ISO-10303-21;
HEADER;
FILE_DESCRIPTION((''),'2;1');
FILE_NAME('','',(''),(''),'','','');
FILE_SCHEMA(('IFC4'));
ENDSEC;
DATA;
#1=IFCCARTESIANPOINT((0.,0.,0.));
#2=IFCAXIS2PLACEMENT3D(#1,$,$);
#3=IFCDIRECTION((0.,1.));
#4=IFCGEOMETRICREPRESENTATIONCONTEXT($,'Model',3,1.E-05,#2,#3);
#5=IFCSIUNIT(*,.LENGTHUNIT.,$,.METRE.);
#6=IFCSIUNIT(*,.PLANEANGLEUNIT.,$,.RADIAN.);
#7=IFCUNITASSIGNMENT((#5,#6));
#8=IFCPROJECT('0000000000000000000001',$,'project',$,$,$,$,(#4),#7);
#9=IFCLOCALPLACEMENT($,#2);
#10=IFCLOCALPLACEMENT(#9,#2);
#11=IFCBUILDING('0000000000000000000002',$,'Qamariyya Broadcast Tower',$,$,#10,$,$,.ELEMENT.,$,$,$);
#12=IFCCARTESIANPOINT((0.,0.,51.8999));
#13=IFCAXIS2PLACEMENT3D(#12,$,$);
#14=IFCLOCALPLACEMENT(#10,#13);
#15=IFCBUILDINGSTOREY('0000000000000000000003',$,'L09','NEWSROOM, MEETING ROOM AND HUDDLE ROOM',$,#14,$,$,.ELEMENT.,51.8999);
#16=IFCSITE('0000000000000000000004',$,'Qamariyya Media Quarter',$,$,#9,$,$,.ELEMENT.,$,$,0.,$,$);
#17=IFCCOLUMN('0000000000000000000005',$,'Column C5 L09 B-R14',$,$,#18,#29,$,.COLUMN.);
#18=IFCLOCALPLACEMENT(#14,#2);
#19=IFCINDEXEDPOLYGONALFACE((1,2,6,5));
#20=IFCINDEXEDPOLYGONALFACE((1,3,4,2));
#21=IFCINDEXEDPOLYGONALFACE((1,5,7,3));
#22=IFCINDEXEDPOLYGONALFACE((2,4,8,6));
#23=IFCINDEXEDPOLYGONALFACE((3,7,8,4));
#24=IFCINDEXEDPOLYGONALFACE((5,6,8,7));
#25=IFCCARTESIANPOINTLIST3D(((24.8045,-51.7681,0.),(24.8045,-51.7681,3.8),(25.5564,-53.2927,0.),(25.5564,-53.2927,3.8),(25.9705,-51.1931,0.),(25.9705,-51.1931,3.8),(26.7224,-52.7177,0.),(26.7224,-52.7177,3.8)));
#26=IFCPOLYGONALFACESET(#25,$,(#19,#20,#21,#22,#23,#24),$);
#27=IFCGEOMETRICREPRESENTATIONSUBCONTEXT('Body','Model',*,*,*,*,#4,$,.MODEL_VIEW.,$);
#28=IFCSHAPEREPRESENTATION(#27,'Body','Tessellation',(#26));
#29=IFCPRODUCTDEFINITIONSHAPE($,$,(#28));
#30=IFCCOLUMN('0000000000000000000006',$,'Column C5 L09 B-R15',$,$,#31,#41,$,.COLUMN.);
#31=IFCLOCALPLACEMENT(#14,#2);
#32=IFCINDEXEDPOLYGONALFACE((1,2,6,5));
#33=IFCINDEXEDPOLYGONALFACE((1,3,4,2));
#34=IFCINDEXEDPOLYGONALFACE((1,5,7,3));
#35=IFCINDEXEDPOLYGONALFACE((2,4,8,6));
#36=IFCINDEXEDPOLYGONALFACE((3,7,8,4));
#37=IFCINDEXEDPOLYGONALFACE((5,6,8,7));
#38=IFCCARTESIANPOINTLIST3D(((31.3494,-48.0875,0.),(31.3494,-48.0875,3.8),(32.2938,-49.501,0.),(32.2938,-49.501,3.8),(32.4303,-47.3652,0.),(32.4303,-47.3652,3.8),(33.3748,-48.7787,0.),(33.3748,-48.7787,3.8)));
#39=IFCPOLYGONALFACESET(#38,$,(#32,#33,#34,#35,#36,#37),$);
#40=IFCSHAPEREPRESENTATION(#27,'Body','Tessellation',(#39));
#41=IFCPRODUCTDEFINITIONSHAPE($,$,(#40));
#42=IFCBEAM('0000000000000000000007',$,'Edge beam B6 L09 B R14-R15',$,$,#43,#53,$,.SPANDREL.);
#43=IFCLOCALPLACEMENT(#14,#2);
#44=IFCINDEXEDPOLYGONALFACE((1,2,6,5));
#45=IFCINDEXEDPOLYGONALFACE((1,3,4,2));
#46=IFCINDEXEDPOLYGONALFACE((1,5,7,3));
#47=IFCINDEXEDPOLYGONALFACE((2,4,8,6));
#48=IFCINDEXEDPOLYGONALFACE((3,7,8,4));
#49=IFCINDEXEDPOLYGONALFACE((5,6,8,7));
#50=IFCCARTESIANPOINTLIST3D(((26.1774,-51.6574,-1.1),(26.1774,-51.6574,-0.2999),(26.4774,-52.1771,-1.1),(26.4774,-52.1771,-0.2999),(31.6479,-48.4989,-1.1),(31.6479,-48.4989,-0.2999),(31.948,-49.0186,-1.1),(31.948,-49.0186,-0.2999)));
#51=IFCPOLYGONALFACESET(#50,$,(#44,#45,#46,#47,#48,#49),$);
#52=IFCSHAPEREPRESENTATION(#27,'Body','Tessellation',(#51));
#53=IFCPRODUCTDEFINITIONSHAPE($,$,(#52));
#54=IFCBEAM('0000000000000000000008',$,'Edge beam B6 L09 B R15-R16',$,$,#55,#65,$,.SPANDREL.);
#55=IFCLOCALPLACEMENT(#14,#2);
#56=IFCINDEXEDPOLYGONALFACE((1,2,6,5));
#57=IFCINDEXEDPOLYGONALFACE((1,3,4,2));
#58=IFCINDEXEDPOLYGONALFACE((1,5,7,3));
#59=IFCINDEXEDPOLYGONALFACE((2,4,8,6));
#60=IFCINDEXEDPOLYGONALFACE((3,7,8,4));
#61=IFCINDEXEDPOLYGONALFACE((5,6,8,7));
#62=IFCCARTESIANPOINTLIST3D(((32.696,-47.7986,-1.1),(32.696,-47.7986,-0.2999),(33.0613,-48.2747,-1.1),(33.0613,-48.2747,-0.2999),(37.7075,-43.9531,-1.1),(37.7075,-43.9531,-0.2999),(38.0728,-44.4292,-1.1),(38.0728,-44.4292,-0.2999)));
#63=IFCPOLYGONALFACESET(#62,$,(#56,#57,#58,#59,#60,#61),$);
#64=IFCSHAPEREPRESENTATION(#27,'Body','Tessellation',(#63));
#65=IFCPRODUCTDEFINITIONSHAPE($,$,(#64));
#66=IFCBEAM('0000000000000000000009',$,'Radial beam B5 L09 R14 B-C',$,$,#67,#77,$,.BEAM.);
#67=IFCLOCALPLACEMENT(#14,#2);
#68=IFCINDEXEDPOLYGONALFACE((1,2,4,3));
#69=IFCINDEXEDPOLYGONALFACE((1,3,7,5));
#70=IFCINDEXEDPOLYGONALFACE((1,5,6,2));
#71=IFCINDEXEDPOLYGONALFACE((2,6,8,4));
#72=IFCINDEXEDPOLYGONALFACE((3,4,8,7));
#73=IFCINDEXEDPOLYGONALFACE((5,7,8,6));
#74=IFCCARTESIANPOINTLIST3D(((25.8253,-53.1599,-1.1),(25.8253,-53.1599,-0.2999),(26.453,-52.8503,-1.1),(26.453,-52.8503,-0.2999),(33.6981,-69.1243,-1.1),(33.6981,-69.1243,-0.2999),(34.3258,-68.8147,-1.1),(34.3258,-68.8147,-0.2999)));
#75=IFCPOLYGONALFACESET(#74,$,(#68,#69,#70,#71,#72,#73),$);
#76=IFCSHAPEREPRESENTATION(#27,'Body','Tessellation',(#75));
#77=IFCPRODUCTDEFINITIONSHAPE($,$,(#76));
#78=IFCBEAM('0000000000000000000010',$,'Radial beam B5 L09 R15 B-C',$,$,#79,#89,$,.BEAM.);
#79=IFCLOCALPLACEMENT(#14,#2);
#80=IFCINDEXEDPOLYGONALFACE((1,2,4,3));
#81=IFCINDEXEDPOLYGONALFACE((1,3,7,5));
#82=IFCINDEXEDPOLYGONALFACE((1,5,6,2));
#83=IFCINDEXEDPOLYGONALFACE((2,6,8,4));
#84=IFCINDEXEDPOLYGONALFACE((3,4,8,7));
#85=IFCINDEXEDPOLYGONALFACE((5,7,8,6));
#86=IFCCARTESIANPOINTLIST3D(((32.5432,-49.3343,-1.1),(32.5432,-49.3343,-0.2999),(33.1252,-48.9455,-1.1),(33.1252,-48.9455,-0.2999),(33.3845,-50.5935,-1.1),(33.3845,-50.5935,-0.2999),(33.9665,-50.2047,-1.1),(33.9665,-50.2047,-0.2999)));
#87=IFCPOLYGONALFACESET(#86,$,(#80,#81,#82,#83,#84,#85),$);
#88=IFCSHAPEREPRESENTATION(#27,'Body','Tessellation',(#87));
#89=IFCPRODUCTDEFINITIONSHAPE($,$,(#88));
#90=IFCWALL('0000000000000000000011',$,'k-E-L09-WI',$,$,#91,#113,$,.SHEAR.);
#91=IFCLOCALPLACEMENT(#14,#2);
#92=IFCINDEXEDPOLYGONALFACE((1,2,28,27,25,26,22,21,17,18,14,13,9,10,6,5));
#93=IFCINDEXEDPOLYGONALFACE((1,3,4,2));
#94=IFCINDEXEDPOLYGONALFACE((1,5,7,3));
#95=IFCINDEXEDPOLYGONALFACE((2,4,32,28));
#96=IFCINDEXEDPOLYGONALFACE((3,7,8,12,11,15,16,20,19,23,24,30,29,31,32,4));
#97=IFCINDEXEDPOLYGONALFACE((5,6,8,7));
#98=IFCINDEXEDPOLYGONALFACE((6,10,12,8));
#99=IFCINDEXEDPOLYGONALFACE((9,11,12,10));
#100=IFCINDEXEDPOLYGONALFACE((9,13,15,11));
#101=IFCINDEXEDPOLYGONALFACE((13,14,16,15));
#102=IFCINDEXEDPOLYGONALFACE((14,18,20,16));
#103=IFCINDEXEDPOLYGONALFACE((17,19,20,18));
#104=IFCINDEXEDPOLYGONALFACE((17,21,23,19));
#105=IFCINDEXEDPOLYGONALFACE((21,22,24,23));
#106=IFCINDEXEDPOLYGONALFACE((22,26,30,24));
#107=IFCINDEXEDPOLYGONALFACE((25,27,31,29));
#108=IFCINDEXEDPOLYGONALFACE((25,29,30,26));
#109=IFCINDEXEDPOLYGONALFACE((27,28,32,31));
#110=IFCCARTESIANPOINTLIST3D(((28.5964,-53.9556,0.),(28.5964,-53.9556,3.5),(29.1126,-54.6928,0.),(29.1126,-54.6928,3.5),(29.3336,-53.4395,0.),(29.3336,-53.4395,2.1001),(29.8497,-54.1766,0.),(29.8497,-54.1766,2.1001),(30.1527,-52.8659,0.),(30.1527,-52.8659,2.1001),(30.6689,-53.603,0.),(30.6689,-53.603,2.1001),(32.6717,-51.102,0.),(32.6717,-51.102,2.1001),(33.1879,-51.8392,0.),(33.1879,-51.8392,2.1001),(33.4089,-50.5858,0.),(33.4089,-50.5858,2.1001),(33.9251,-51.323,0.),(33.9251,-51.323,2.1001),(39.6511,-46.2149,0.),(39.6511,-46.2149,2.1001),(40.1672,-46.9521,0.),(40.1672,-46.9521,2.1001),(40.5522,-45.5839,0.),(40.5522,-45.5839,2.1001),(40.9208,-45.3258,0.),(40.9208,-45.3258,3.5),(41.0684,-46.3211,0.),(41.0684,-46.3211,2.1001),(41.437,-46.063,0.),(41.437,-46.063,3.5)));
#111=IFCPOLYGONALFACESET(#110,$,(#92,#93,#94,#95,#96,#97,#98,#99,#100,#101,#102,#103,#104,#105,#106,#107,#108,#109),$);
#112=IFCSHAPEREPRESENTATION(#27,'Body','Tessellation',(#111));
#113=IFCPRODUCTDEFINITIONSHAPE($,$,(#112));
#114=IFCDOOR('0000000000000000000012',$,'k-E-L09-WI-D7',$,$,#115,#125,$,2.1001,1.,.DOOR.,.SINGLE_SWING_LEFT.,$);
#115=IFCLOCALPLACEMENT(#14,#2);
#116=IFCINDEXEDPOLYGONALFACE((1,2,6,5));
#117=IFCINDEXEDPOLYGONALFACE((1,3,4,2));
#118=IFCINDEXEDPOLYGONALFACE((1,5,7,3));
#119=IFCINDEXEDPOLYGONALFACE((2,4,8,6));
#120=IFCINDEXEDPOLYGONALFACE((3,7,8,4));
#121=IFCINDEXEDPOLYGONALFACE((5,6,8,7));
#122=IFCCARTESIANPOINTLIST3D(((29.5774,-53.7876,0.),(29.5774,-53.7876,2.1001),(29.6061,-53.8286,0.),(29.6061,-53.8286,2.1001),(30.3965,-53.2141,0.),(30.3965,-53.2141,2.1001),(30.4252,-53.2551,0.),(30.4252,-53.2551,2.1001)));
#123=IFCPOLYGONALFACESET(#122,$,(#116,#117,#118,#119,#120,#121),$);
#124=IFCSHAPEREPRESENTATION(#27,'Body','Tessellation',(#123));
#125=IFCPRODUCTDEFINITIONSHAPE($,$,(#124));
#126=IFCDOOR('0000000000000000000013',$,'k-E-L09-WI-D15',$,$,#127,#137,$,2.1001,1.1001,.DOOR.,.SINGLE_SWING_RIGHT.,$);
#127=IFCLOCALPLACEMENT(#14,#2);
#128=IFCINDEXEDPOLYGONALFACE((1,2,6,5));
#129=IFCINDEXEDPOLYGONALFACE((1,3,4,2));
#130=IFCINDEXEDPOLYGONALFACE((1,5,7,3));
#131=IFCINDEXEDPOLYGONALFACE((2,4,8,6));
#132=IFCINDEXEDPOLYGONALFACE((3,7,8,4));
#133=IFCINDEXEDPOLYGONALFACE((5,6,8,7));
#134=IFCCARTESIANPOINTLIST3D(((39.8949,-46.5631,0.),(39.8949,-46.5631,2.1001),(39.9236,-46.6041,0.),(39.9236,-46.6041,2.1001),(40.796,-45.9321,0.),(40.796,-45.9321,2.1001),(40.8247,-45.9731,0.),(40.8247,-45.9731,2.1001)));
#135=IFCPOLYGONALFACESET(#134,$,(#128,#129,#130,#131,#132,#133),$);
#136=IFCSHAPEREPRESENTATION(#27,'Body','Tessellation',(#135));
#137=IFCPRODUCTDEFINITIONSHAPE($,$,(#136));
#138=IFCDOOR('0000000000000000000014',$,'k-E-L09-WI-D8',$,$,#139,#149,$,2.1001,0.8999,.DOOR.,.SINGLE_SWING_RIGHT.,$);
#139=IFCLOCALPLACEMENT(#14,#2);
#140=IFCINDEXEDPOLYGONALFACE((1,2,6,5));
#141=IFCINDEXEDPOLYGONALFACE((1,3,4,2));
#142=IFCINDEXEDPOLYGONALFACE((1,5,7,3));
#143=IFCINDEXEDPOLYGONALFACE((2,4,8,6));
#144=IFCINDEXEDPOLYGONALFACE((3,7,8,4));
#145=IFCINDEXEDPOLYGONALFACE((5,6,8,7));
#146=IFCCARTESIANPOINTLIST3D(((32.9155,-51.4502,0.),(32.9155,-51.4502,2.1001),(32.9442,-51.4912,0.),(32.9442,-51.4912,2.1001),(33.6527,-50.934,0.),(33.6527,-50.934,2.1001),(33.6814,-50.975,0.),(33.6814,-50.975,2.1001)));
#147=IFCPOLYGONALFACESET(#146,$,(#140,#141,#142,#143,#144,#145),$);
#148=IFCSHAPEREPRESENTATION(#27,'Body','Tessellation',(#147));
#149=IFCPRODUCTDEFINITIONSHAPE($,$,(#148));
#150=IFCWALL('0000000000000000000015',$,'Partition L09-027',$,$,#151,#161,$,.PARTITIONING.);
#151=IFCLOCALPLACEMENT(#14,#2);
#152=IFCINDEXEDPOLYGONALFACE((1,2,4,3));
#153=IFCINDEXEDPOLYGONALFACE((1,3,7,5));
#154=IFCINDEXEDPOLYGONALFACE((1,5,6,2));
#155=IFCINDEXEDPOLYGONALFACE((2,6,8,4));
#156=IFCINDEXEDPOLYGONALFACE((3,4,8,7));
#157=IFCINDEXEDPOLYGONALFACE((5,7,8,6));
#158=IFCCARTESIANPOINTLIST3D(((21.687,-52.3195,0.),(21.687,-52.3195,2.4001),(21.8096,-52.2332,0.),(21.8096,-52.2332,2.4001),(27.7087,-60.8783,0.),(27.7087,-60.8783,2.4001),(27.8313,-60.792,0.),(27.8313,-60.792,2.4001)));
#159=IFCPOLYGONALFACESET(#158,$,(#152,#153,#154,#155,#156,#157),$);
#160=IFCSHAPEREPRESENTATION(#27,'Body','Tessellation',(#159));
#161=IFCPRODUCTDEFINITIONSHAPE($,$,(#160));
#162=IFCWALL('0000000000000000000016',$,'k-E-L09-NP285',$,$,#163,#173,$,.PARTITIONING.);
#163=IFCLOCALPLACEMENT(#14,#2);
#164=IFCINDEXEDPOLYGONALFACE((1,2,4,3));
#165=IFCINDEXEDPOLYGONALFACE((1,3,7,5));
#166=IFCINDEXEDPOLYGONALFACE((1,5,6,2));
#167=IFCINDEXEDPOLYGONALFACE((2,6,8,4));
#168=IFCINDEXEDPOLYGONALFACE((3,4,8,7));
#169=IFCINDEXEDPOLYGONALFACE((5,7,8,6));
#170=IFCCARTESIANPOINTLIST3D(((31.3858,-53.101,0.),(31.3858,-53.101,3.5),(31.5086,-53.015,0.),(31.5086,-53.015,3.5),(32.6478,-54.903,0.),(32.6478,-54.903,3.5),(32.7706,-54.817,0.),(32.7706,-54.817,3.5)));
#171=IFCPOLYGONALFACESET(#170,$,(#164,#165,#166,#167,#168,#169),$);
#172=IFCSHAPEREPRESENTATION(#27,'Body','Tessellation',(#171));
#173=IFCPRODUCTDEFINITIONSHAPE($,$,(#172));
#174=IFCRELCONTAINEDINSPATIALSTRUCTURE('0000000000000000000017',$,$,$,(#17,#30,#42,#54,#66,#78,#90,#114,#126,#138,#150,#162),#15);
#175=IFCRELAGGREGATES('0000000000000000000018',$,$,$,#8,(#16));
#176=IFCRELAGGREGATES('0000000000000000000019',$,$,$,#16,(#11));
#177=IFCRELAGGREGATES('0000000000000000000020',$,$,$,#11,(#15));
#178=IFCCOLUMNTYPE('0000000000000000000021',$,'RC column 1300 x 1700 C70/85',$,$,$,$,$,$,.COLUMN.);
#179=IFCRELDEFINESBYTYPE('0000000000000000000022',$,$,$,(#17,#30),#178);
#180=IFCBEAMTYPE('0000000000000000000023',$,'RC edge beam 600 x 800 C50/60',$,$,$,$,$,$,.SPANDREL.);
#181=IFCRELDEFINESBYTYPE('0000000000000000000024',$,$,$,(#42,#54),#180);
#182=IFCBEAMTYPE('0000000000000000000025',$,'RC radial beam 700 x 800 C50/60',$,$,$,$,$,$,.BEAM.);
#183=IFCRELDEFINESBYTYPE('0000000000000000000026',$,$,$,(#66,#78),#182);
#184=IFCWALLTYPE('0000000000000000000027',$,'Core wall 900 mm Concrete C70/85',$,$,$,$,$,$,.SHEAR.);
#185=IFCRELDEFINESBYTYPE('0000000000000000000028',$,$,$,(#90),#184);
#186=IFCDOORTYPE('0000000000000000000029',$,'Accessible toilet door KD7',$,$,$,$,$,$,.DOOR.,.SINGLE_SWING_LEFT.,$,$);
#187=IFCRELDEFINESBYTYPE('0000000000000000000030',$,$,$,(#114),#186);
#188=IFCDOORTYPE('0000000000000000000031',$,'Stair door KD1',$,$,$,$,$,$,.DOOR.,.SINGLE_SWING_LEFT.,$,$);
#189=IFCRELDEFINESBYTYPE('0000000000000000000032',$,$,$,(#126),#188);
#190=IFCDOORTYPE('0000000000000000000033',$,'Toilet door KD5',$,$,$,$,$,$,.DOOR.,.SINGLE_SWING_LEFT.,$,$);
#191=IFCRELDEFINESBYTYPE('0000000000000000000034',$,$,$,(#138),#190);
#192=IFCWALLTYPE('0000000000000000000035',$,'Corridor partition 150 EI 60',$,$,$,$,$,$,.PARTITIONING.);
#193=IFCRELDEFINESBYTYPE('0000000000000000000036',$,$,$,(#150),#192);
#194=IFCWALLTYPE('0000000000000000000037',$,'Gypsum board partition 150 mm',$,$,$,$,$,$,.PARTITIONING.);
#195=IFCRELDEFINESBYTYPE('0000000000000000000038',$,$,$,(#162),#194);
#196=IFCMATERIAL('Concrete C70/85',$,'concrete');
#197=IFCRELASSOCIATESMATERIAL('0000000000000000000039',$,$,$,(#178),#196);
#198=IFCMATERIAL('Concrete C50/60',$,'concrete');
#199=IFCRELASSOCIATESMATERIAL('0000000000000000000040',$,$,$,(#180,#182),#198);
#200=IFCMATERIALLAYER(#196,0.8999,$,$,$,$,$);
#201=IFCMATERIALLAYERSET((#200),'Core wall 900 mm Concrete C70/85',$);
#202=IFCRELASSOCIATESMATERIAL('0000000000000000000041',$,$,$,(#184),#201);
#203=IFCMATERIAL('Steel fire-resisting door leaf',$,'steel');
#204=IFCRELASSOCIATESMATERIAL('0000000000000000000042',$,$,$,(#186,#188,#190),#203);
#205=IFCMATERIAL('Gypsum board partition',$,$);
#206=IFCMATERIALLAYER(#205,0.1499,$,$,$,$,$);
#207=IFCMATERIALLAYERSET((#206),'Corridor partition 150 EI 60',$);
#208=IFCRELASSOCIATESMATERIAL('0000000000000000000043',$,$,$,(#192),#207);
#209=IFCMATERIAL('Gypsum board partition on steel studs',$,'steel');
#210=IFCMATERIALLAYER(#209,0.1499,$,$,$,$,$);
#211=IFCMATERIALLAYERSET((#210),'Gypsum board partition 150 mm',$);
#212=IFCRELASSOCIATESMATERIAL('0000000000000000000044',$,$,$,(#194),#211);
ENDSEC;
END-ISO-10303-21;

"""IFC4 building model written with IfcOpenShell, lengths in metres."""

from ifc_helpers import new_model, si_unit, direction, frame, frame_2d, origin, origin_2d, place, context, subcontext, project, spatial, rectangle, extrude, material, layer, layer_set, material_profile, profile_set, type_object, element, fill, save


model = new_model("IFC4")

# Units and contexts
model_context = context("Model", 3, precision=1e-05, world=origin(), true_north=direction((0.0, 1.0)))
body_context = subcontext(model_context, "Body", "Model", "MODEL_VIEW")
ifc_project = project(units=[si_unit("LENGTHUNIT", "METRE"), si_unit("PLANEANGLEUNIT", "RADIAN")], contexts=[model_context])

# Site, building, storey
site_placement = place(None, origin())
site = spatial("IfcSite", under=ifc_project, at=site_placement, Name="Qamariyya Media Quarter", CompositionType="ELEMENT", RefElevation=0.0)
building_placement = place(site_placement, origin())
building = spatial("IfcBuilding", under=site, at=building_placement, Name="Qamariyya Broadcast Tower", CompositionType="ELEMENT")
storey_placement = place(building_placement, frame((0.0, 0.0, 51.8999)))
storey = spatial("IfcBuildingStorey", under=building, at=storey_placement, Name="L09", Description="NEWSROOM, MEETING ROOM AND HUDDLE ROOM", CompositionType="ELEMENT", Elevation=51.8999)

# Columns
ifc_material_1 = material(Name="Concrete C70/85", Category="concrete")
ifc_material_profile_1 = material_profile(ifc_material_1, rectangle(XDim=1.3, YDim=1.7, at=origin_2d()))
ifc_profile_set_1 = profile_set([ifc_material_profile_1], Name="Concrete C70/85")
column_type = type_object("IfcColumnType", Name="RC column 1300 x 1700 C70/85", PredefinedType="COLUMN", material=ifc_profile_set_1)
for number, where, z_axis, x_axis, name in (
    (1, (25.7634, -52.2429, 0.0), (0.0, 0.0, 1.0), (0.896873, 0.442289, 0.0), "Column C5 L09 B-R14"),
    (2, (32.3621, -48.4331, 0.0), (0.0, 0.0, 1.0), (0.83147, 0.55557, 0.0), "Column C5 L09 B-R15"),
):
    element("IfcColumn", number, at=place(storey_placement, frame(where, z_axis=z_axis, x_axis=x_axis)), inside=storey, type_object=column_type, Name=name, PredefinedType="COLUMN", context=body_context, shape_type="SweptSolid", body=[
        extrude(rectangle(XDim=1.3, YDim=1.7, at=origin_2d()), origin(), (0.0, 0.0, 1.0), 3.8),
    ])

# Beams
ifc_material_2 = material(Name="Concrete C50/60", Category="concrete")
ifc_material_profile_2 = material_profile(ifc_material_2, rectangle(XDim=0.6001, YDim=0.8, at=origin_2d()))
ifc_profile_set_2 = profile_set([ifc_material_profile_2], Name="Concrete C50/60")
beam_type_1 = type_object("IfcBeamType", Name="RC edge beam 600 x 800 C50/60", PredefinedType="SPANDREL", material=ifc_profile_set_2)
for number, where, z_axis, x_axis, name in (
    (3, (26.3274, -51.9172, -0.7), (0.86602, 0.500009, 0.0), (-0.500009, 0.86602, 0.0), "Edge beam B6 L09 B R14-R15"),
    (4, (32.8787, -48.0366, -0.7), (0.793352, 0.608763, 0.0), (-0.608763, 0.793352, 0.0), "Edge beam B6 L09 B R15-R16"),
):
    element("IfcBeam", number, at=place(storey_placement, frame(where, z_axis=z_axis, x_axis=x_axis)), inside=storey, type_object=beam_type_1, Name=name, PredefinedType="SPANDREL", context=body_context, shape_type="SweptSolid", body=[
        extrude(rectangle(XDim=0.6001, YDim=0.8, at=origin_2d()), origin(), (0.0, 0.0, 1.0), 6.3169),
    ])
ifc_material_profile_3 = material_profile(ifc_material_2, rectangle(XDim=0.7, YDim=0.8, at=origin_2d()))
ifc_profile_set_3 = profile_set([ifc_material_profile_3], Name="Concrete C50/60")
beam_type_2 = type_object("IfcBeamType", Name="RC radial beam 700 x 800 C50/60", PredefinedType="BEAM", material=ifc_profile_set_3)
beam_1_placement = place(storey_placement, frame((26.1392, -53.0051, -0.7), z_axis=(0.442291, -0.896872, 0.0), x_axis=(0.896872, 0.442291, 0.0)))
element("IfcBeam", 5, at=beam_1_placement, inside=storey, type_object=beam_type_2, Name="Radial beam B5 L09 R14 B-C", PredefinedType="BEAM", context=body_context, shape_type="SweptSolid", body=[
    extrude(rectangle(XDim=0.7, YDim=0.8, at=origin_2d()), origin(), (0.0, 0.0, 1.0), 17.8),
])
beam_2_placement = place(storey_placement, frame((32.8342, -49.1399, -0.7), z_axis=(0.555518, -0.831504, 0.0), x_axis=(0.831504, 0.555518, 0.0)))
element("IfcBeam", 6, at=beam_2_placement, inside=storey, type_object=beam_type_2, Name="Radial beam B5 L09 R15 B-C", PredefinedType="BEAM", context=body_context, shape_type="SweptSolid", body=[
    extrude(rectangle(XDim=0.7, YDim=0.8, at=origin_2d()), origin(), (0.0, 0.0, 1.0), 1.5144),
])

# Wall, openings, doors
ifc_layer_1 = layer(ifc_material_1, 0.8999)
ifc_layer_set_1 = layer_set([ifc_layer_1], Name="Core wall 900 mm Concrete C70/85")
wall_type_1 = type_object("IfcWallType", Name="Core wall 900 mm Concrete C70/85", PredefinedType="SHEAR", material=ifc_layer_set_1)
wall_1_placement = place(storey_placement, frame((28.8545, -54.3242, 0.0), z_axis=(0.0, 0.0, 1.0), x_axis=(0.819146, 0.573585, 0.0)))
wall_1 = element("IfcWall", 7, at=wall_1_placement, inside=storey, type_object=wall_type_1, Name="k-E-L09-WI", PredefinedType="SHEAR", context=body_context, shape_type="SweptSolid", body=[
    extrude(rectangle(XDim=15.0454, YDim=0.8999, at=frame_2d((7.5227, 0.0))), origin(), (0.0, 0.0, 1.0), 3.5),
])
opening_1_placement = place(wall_1_placement, frame((0.8999, 0.0, 0.0)))
opening_1 = element("IfcOpeningElement", 8, at=opening_1_placement, cuts=wall_1, PredefinedType="OPENING", context=body_context, shape_type="SweptSolid", body=[
    extrude(rectangle(XDim=1.0, YDim=2.1001, at=frame_2d((0.5, 1.05))), frame((0.0, 0.46, 0.0), z_axis=(0.0, -1.0, 0.0), x_axis=(1.0, 0.0, 0.0)), (0.0, 0.0, 1.0), 0.9199),
])
opening_2_placement = place(wall_1_placement, frame((4.9751, 0.0, 0.0)))
opening_2 = element("IfcOpeningElement", 9, at=opening_2_placement, cuts=wall_1, PredefinedType="OPENING", context=body_context, shape_type="SweptSolid", body=[
    extrude(rectangle(XDim=0.8999, YDim=2.1001, at=frame_2d((0.45, 1.05))), frame((0.0, 0.46, 0.0), z_axis=(0.0, -1.0, 0.0), x_axis=(1.0, 0.0, 0.0)), (0.0, 0.0, 1.0), 0.9199),
])
opening_3_placement = place(wall_1_placement, frame((13.4954, 0.0, 0.0)))
opening_3 = element("IfcOpeningElement", 10, at=opening_3_placement, cuts=wall_1, PredefinedType="OPENING", context=body_context, shape_type="SweptSolid", body=[
    extrude(rectangle(XDim=1.1001, YDim=2.1001, at=frame_2d((0.55, 1.05))), frame((0.0, 0.46, 0.0), z_axis=(0.0, -1.0, 0.0), x_axis=(1.0, 0.0, 0.0)), (0.0, 0.0, 1.0), 0.9199),
])
ifc_material_3 = material(Name="Steel fire-resisting door leaf", Category="steel")
door_type_1 = type_object("IfcDoorType", Name="Accessible toilet door KD7", OperationType="SINGLE_SWING_LEFT", PredefinedType="DOOR", material=ifc_material_3)
door_1_placement = place(opening_1_placement, origin())
door_1 = element("IfcDoor", 11, at=door_1_placement, inside=storey, type_object=door_type_1, Name="k-E-L09-WI-D7", OperationType="SINGLE_SWING_LEFT", OverallHeight=2.1001, OverallWidth=1.0, PredefinedType="DOOR", context=body_context, shape_type="SweptSolid", body=[
    extrude(rectangle(XDim=1.0, YDim=2.1001, at=frame_2d((0.5, 1.05))), frame((0.0, 0.0249, 0.0), z_axis=(0.0, -1.0, 0.0), x_axis=(1.0, 0.0, 0.0)), (0.0, 0.0, 1.0), 0.05),
])
fill(opening_1, door_1)
door_type_2 = type_object("IfcDoorType", Name="Stair door KD1", OperationType="SINGLE_SWING_LEFT", PredefinedType="DOOR", material=ifc_material_3)
door_2_placement = place(opening_3_placement, origin())
door_2 = element("IfcDoor", 12, at=door_2_placement, inside=storey, type_object=door_type_2, Name="k-E-L09-WI-D15", OperationType="SINGLE_SWING_RIGHT", OverallHeight=2.1001, OverallWidth=1.1001, PredefinedType="DOOR", context=body_context, shape_type="SweptSolid", body=[
    extrude(rectangle(XDim=1.1001, YDim=2.1001, at=frame_2d((0.55, 1.05))), frame((0.0, 0.0249, 0.0), z_axis=(0.0, -1.0, 0.0), x_axis=(1.0, 0.0, 0.0)), (0.0, 0.0, 1.0), 0.05),
])
fill(opening_3, door_2)
door_type_3 = type_object("IfcDoorType", Name="Toilet door KD5", OperationType="SINGLE_SWING_LEFT", PredefinedType="DOOR", material=ifc_material_3)
door_3_placement = place(opening_2_placement, origin())
door_3 = element("IfcDoor", 13, at=door_3_placement, inside=storey, type_object=door_type_3, Name="k-E-L09-WI-D8", OperationType="SINGLE_SWING_RIGHT", OverallHeight=2.1001, OverallWidth=0.8999, PredefinedType="DOOR", context=body_context, shape_type="SweptSolid", body=[
    extrude(rectangle(XDim=0.8999, YDim=2.1001, at=frame_2d((0.45, 1.05))), frame((0.0, 0.0249, 0.0), z_axis=(0.0, -1.0, 0.0), x_axis=(1.0, 0.0, 0.0)), (0.0, 0.0, 1.0), 0.05),
])
fill(opening_2, door_3)

# Walls
ifc_material_4 = material(Name="Gypsum board partition")
ifc_layer_2 = layer(ifc_material_4, 0.1499)
ifc_layer_set_2 = layer_set([ifc_layer_2], Name="Corridor partition 150 EI 60")
wall_type_2 = type_object("IfcWallType", Name="Corridor partition 150 EI 60", PredefinedType="PARTITIONING", material=ifc_layer_set_2)
wall_2_placement = place(storey_placement, frame((21.7483, -52.2764, 0.0), z_axis=(0.0, 0.0, 1.0), x_axis=(0.575419, -0.817858, 0.0)))
element("IfcWall", 14, at=wall_2_placement, inside=storey, type_object=wall_type_2, Name="Partition L09-027", PredefinedType="PARTITIONING", context=body_context, shape_type="SweptSolid", body=[
    extrude(rectangle(XDim=10.4648, YDim=0.1499, at=frame_2d((5.2324, 0.0))), origin(), (0.0, 0.0, 1.0), 2.4001),
])
ifc_material_5 = material(Name="Gypsum board partition on steel studs", Category="steel")
ifc_layer_3 = layer(ifc_material_5, 0.1499)
ifc_layer_set_3 = layer_set([ifc_layer_3], Name="Gypsum board partition 150 mm")
wall_type_3 = type_object("IfcWallType", Name="Gypsum board partition 150 mm", PredefinedType="PARTITIONING", material=ifc_layer_set_3)
wall_3_placement = place(storey_placement, frame((32.7092, -54.8601, 0.0), z_axis=(0.0, 0.0, 1.0), x_axis=(-0.573634, 0.819112, 0.0)))
element("IfcWall", 15, at=wall_3_placement, inside=storey, type_object=wall_type_3, Name="k-E-L09-NP285", PredefinedType="PARTITIONING", context=body_context, shape_type="SweptSolid", body=[
    extrude(rectangle(XDim=2.2, YDim=0.1499, at=frame_2d((1.1001, 0.0))), origin(), (0.0, 0.0, 1.0), 3.5),
])

save(model, "model.ifc")
